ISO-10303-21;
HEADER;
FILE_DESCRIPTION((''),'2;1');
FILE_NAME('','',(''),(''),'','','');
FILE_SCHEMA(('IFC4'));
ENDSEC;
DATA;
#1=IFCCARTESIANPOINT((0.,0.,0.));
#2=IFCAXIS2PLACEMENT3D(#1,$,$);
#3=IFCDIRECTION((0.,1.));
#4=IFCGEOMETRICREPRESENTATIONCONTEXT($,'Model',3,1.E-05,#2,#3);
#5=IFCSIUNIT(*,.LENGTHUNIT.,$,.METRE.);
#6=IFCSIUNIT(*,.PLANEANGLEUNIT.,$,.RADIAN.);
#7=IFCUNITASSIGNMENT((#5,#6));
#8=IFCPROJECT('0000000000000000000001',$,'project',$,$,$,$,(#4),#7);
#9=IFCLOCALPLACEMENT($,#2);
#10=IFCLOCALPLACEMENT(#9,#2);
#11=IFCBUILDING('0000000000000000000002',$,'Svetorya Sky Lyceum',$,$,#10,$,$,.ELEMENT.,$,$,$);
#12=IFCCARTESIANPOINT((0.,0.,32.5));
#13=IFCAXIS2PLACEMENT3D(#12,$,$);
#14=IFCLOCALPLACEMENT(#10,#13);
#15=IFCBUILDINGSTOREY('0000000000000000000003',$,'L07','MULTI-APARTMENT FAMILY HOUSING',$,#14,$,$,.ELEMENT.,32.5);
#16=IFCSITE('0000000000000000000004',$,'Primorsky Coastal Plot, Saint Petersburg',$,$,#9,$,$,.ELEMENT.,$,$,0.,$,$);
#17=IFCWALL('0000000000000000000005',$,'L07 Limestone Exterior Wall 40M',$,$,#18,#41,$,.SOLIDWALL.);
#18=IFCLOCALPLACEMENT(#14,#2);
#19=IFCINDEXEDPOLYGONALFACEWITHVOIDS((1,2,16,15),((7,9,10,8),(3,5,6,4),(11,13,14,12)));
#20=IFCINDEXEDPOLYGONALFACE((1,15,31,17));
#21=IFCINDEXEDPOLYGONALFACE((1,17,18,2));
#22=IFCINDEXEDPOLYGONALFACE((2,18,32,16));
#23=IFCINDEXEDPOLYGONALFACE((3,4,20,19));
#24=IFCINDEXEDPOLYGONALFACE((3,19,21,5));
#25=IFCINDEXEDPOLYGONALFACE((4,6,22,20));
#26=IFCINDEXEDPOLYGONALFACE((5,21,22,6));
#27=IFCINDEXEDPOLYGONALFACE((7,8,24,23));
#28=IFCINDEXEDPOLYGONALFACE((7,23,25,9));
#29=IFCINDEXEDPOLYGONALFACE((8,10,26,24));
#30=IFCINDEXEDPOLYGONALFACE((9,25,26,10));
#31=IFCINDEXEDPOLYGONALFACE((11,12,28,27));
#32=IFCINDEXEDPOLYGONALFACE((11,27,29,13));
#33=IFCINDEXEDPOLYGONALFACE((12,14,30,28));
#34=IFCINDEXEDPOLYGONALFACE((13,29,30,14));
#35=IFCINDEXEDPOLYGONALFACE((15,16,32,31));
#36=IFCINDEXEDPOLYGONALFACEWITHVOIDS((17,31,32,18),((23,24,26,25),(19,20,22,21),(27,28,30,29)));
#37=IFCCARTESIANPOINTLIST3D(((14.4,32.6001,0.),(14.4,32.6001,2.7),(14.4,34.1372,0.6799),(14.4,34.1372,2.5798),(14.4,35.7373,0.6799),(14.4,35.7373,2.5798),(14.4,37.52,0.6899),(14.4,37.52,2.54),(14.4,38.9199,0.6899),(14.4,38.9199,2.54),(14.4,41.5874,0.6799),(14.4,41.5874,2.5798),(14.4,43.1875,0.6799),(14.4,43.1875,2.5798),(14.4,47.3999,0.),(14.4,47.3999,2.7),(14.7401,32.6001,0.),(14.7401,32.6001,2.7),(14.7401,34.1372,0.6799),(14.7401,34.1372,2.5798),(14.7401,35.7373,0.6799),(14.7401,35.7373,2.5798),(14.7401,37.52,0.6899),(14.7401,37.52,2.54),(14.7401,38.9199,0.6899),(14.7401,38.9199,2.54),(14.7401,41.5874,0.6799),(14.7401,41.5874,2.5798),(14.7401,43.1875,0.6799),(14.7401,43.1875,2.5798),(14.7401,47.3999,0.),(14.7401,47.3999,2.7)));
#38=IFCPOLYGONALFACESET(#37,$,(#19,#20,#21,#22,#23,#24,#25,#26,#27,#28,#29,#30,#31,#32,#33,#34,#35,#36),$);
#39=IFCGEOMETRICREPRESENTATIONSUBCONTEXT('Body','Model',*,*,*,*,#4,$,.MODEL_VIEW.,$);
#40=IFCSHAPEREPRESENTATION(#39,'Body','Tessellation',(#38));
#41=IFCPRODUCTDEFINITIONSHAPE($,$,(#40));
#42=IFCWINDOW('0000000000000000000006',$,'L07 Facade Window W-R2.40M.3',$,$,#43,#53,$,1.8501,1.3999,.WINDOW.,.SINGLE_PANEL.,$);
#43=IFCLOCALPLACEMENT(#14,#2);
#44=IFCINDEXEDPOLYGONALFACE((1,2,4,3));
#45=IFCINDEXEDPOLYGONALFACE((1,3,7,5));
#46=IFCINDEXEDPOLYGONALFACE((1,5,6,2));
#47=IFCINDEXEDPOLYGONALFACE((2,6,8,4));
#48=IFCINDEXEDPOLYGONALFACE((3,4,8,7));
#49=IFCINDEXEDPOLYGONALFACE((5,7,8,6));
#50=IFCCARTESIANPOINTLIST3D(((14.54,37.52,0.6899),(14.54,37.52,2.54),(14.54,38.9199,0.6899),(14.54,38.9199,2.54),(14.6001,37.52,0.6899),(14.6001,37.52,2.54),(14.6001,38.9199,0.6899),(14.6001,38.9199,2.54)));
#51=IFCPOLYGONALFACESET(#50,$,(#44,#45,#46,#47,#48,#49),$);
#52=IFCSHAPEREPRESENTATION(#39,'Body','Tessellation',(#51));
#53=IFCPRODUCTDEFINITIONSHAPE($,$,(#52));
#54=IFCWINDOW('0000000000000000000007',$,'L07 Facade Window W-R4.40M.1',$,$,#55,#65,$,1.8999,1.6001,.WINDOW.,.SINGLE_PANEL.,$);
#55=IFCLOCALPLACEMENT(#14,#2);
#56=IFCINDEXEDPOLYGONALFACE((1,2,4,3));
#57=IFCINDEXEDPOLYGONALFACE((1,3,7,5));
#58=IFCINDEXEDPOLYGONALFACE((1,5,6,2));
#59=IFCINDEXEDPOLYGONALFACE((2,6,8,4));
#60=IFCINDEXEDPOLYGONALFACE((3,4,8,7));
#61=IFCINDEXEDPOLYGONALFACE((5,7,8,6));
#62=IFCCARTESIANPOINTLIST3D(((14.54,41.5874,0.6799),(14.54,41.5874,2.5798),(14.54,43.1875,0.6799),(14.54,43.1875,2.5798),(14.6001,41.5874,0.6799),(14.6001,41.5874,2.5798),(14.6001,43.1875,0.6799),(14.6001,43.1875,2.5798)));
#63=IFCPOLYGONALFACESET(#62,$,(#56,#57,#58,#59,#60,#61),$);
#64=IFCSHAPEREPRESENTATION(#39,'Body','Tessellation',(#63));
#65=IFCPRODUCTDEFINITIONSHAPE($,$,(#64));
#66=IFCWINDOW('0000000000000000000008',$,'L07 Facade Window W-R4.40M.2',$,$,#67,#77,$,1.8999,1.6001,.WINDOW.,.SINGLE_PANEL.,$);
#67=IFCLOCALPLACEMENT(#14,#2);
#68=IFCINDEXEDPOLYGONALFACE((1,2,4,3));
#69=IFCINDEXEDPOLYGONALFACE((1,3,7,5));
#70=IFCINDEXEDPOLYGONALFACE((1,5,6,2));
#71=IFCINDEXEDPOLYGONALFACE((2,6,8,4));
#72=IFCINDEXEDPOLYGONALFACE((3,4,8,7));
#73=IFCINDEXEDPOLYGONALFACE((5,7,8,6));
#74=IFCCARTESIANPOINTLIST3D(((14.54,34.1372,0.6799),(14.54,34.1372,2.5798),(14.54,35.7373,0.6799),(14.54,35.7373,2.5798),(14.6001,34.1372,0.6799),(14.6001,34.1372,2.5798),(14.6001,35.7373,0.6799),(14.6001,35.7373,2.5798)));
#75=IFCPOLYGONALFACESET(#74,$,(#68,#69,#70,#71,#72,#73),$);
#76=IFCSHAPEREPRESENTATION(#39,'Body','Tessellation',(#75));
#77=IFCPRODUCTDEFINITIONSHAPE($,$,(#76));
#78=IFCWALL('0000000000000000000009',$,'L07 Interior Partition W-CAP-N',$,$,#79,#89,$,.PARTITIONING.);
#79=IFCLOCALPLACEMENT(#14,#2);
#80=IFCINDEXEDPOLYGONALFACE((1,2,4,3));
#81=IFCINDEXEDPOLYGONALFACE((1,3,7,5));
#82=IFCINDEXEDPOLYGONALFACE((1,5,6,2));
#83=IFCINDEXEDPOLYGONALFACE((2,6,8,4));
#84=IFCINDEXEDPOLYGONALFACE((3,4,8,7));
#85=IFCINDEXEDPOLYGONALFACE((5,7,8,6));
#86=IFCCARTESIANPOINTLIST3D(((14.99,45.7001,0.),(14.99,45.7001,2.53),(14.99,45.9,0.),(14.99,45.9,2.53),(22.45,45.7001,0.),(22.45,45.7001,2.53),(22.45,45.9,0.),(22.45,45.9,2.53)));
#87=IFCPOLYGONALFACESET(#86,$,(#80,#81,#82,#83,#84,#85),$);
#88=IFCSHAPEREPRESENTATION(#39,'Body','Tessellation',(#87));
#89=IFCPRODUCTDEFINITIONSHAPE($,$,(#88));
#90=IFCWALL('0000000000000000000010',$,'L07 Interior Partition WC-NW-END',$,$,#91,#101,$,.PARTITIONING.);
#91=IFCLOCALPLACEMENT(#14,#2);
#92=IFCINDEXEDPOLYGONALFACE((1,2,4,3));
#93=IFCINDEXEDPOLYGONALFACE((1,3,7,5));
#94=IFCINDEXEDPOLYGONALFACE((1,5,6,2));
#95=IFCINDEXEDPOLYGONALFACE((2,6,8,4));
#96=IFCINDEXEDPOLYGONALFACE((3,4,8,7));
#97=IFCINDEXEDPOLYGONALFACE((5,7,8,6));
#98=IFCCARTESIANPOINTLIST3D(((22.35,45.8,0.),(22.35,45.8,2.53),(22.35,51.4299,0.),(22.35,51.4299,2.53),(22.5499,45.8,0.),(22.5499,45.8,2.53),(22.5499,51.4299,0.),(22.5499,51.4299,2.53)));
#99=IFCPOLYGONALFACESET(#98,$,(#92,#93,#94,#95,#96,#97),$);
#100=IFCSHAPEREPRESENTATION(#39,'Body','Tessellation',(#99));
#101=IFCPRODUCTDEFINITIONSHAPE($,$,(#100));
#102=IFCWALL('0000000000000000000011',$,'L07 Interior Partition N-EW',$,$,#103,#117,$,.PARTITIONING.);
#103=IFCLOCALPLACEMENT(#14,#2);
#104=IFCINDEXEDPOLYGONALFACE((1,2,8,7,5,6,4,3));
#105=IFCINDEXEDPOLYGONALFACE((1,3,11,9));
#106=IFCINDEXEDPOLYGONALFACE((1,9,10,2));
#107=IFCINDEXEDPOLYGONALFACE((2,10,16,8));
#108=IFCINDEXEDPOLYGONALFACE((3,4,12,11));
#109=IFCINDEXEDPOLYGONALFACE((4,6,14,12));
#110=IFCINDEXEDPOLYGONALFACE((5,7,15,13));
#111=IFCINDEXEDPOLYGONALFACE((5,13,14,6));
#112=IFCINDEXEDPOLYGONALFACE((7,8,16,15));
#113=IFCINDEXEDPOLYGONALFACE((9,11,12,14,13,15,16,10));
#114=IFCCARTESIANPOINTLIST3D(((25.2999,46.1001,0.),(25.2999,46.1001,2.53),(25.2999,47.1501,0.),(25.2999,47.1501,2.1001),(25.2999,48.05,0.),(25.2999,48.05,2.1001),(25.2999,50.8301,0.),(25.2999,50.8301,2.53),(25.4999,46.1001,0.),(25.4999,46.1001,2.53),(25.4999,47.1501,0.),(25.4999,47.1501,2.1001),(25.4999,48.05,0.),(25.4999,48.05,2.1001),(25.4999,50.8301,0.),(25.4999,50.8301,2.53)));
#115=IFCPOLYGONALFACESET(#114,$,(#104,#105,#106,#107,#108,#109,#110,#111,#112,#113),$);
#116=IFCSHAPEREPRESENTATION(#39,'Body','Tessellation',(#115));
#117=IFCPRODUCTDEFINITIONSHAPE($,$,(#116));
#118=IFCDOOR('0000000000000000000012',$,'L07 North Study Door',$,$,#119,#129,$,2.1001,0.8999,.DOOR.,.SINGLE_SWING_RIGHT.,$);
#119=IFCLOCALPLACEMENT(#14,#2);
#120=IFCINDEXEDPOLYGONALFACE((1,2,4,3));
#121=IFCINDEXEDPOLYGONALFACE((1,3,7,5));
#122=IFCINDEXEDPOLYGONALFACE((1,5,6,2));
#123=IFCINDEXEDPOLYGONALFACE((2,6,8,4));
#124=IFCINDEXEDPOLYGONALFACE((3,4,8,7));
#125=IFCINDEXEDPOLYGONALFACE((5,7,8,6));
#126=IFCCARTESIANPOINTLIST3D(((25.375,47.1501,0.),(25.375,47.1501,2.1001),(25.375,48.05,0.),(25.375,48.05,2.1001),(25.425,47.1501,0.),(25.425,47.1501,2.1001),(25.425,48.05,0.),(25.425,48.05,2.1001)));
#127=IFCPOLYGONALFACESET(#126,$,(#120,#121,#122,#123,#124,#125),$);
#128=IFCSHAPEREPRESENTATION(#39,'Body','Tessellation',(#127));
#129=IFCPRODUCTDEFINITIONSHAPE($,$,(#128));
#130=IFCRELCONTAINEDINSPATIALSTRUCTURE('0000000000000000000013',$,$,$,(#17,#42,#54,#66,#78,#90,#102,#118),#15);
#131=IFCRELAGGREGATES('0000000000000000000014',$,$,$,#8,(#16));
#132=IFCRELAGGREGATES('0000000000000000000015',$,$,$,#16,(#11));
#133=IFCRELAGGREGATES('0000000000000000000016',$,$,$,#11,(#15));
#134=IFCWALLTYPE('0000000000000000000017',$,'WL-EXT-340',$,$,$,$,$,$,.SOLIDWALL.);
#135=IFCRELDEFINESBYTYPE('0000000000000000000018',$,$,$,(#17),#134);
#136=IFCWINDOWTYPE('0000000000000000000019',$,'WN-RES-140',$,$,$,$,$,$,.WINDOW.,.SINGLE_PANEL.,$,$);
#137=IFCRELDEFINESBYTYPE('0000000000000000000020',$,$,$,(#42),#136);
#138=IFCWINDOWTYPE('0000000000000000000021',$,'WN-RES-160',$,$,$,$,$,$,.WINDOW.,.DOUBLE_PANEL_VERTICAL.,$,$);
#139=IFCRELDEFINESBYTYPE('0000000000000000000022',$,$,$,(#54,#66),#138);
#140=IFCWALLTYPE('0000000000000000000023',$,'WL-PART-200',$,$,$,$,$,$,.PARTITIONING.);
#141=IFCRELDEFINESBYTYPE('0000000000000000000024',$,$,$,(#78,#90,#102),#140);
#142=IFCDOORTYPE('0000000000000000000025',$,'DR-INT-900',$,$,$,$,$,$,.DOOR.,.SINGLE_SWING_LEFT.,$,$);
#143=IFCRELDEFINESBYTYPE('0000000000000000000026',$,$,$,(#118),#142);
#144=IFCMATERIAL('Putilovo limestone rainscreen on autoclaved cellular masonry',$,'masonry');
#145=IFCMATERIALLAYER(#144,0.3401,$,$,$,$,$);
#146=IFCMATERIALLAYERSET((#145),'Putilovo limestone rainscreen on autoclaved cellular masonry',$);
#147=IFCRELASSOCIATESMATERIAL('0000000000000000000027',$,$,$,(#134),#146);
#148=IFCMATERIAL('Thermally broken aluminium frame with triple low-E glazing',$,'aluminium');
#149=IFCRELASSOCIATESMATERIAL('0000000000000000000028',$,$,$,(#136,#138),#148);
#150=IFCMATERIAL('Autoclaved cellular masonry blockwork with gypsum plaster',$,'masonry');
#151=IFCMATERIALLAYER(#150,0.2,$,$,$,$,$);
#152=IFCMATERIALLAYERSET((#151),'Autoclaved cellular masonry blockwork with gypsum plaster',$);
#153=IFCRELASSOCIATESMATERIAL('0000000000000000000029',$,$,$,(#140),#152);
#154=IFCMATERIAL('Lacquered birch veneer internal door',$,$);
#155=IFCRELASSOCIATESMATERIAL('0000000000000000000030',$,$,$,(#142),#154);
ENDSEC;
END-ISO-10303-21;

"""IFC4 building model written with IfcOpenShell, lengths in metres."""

from ifc_helpers import new_model, si_unit, direction, frame, frame_2d, origin, place, context, subcontext, project, spatial, rectangle, extrude, material, layer, layer_set, type_object, element, fill, save


model = new_model("IFC4")

# Units and contexts
model_context = context("Model", 3, precision=1e-05, world=origin(), true_north=direction((0.0, 1.0)))
body_context = subcontext(model_context, "Body", "Model", "MODEL_VIEW")
ifc_project = project(units=[si_unit("LENGTHUNIT", "METRE"), si_unit("PLANEANGLEUNIT", "RADIAN")], contexts=[model_context])

# Site, building, storey
site_placement = place(None, origin())
site = spatial("IfcSite", under=ifc_project, at=site_placement, Name="Primorsky Coastal Plot, Saint Petersburg", CompositionType="ELEMENT", RefElevation=0.0)
building_placement = place(site_placement, origin())
building = spatial("IfcBuilding", under=site, at=building_placement, Name="Svetorya Sky Lyceum", CompositionType="ELEMENT")
storey_placement = place(building_placement, frame((0.0, 0.0, 32.5)))
storey = spatial("IfcBuildingStorey", under=building, at=storey_placement, Name="L07", Description="MULTI-APARTMENT FAMILY HOUSING", CompositionType="ELEMENT", Elevation=32.5)

# Shared definitions
ifc_material_1 = material(Name="Putilovo limestone rainscreen on autoclaved cellular masonry", Category="masonry")
ifc_layer_1 = layer(ifc_material_1, 0.3401)
ifc_layer_set_1 = layer_set([ifc_layer_1], Name="Putilovo limestone rainscreen on autoclaved cellular masonry")
wall_type_1 = type_object("IfcWallType", Name="WL-EXT-340", PredefinedType="SOLIDWALL", material=ifc_layer_set_1)

# Wall, openings, windows
wall_1_placement = place(storey_placement, frame((14.5701, 47.3999, 0.0), z_axis=(0.0, 0.0, 1.0), x_axis=(0.0, -1.0, 0.0)))
wall_1 = element("IfcWall", 1, at=wall_1_placement, inside=storey, type_object=wall_type_1, Name="L07 Limestone Exterior Wall 40M", PredefinedType="SOLIDWALL", context=body_context, shape_type="SweptSolid", body=[
    extrude(rectangle(XDim=14.7998, YDim=0.3401, at=frame_2d((7.3999, 0.0))), origin(), (0.0, 0.0, 1.0), 2.7),
])
opening_1_placement = place(wall_1_placement, frame((4.2124, 0.0, 0.6799)))
opening_1 = element("IfcOpeningElement", 2, at=opening_1_placement, cuts=wall_1, PredefinedType="OPENING", context=body_context, shape_type="SweptSolid", body=[
    extrude(rectangle(XDim=1.6001, YDim=1.8999, at=frame_2d((0.8, 0.95))), frame((0.0, 0.1799, 0.0), z_axis=(0.0, -1.0, 0.0), x_axis=(1.0, 0.0, 0.0)), (0.0, 0.0, 1.0), 0.3601),
])
opening_2_placement = place(wall_1_placement, frame((8.48, 0.0, 0.6899)))
opening_2 = element("IfcOpeningElement", 3, at=opening_2_placement, cuts=wall_1, PredefinedType="OPENING", context=body_context, shape_type="SweptSolid", body=[
    extrude(rectangle(XDim=1.3999, YDim=1.8501, at=frame_2d((0.7, 0.925))), frame((0.0, 0.1799, 0.0), z_axis=(0.0, -1.0, 0.0), x_axis=(1.0, 0.0, 0.0)), (0.0, 0.0, 1.0), 0.3601),
])
opening_3_placement = place(wall_1_placement, frame((11.6626, 0.0, 0.6799)))
opening_3 = element("IfcOpeningElement", 4, at=opening_3_placement, cuts=wall_1, PredefinedType="OPENING", context=body_context, shape_type="SweptSolid", body=[
    extrude(rectangle(XDim=1.6001, YDim=1.8999, at=frame_2d((0.8, 0.95))), frame((0.0, 0.1799, 0.0), z_axis=(0.0, -1.0, 0.0), x_axis=(1.0, 0.0, 0.0)), (0.0, 0.0, 1.0), 0.3601),
])
ifc_material_2 = material(Name="Thermally broken aluminium frame with triple low-E glazing", Category="aluminium")
window_type_1 = type_object("IfcWindowType", Name="WN-RES-140", PartitioningType="SINGLE_PANEL", PredefinedType="WINDOW", material=ifc_material_2)
window_1_placement = place(opening_2_placement, origin())
window_1 = element("IfcWindow", 5, at=window_1_placement, inside=storey, type_object=window_type_1, Name="L07 Facade Window W-R2.40M.3", OverallHeight=1.8501, OverallWidth=1.3999, PartitioningType="SINGLE_PANEL", PredefinedType="WINDOW", context=body_context, shape_type="SweptSolid", body=[
    extrude(rectangle(XDim=1.3999, YDim=1.8501, at=frame_2d((0.7, 0.925))), frame((0.0, 0.03, 0.0), z_axis=(0.0, -1.0, 0.0), x_axis=(1.0, 0.0, 0.0)), (0.0, 0.0, 1.0), 0.0601),
])
fill(opening_2, window_1)
window_type_2 = type_object("IfcWindowType", Name="WN-RES-160", PartitioningType="DOUBLE_PANEL_VERTICAL", PredefinedType="WINDOW", material=ifc_material_2)
window_2_placement = place(opening_1_placement, origin())
window_2 = element("IfcWindow", 6, at=window_2_placement, inside=storey, type_object=window_type_2, Name="L07 Facade Window W-R4.40M.1", OverallHeight=1.8999, OverallWidth=1.6001, PartitioningType="SINGLE_PANEL", PredefinedType="WINDOW", context=body_context, shape_type="SweptSolid", body=[
    extrude(rectangle(XDim=1.6001, YDim=1.8999, at=frame_2d((0.8, 0.95))), frame((0.0, 0.03, 0.0), z_axis=(0.0, -1.0, 0.0), x_axis=(1.0, 0.0, 0.0)), (0.0, 0.0, 1.0), 0.0601),
])
fill(opening_1, window_2)
window_3_placement = place(opening_3_placement, origin())
window_3 = element("IfcWindow", 7, at=window_3_placement, inside=storey, type_object=window_type_2, Name="L07 Facade Window W-R4.40M.2", OverallHeight=1.8999, OverallWidth=1.6001, PartitioningType="SINGLE_PANEL", PredefinedType="WINDOW", context=body_context, shape_type="SweptSolid", body=[
    extrude(rectangle(XDim=1.6001, YDim=1.8999, at=frame_2d((0.8, 0.95))), frame((0.0, 0.03, 0.0), z_axis=(0.0, -1.0, 0.0), x_axis=(1.0, 0.0, 0.0)), (0.0, 0.0, 1.0), 0.0601),
])
fill(opening_3, window_3)

# Walls
ifc_material_3 = material(Name="Autoclaved cellular masonry blockwork with gypsum plaster", Category="masonry")
ifc_layer_2 = layer(ifc_material_3, 0.2)
ifc_layer_set_2 = layer_set([ifc_layer_2], Name="Autoclaved cellular masonry blockwork with gypsum plaster")
wall_type_2 = type_object("IfcWallType", Name="WL-PART-200", PredefinedType="PARTITIONING", material=ifc_layer_set_2)
wall_2_placement = place(storey_placement, frame((14.99, 45.8, 0.0), z_axis=(0.0, 0.0, 1.0), x_axis=(1.0, 0.0, 0.0)))
element("IfcWall", 8, at=wall_2_placement, inside=storey, type_object=wall_type_2, Name="L07 Interior Partition W-CAP-N", PredefinedType="PARTITIONING", context=body_context, shape_type="SweptSolid", body=[
    extrude(rectangle(XDim=7.46, YDim=0.2, at=frame_2d((3.73, 0.0))), origin(), (0.0, 0.0, 1.0), 2.53),
])
wall_3_placement = place(storey_placement, frame((22.45, 45.8, 0.0), z_axis=(0.0, 0.0, 1.0), x_axis=(0.0, 1.0, 0.0)))
element("IfcWall", 9, at=wall_3_placement, inside=storey, type_object=wall_type_2, Name="L07 Interior Partition WC-NW-END", PredefinedType="PARTITIONING", context=body_context, shape_type="SweptSolid", body=[
    extrude(rectangle(XDim=5.6299, YDim=0.2, at=frame_2d((2.8149, 0.0))), origin(), (0.0, 0.0, 1.0), 2.53),
])

# Wall, opening, door
wall_4_placement = place(storey_placement, frame((25.3999, 46.1001, 0.0), z_axis=(0.0, 0.0, 1.0), x_axis=(0.0, 1.0, 0.0)))
wall_4 = element("IfcWall", 10, at=wall_4_placement, inside=storey, type_object=wall_type_2, Name="L07 Interior Partition N-EW", PredefinedType="PARTITIONING", context=body_context, shape_type="SweptSolid", body=[
    extrude(rectangle(XDim=4.73, YDim=0.2, at=frame_2d((2.365, 0.0))), origin(), (0.0, 0.0, 1.0), 2.53),
])
opening_4_placement = place(wall_4_placement, frame((1.05, 0.0, 0.0)))
opening_4 = element("IfcOpeningElement", 11, at=opening_4_placement, cuts=wall_4, PredefinedType="OPENING", context=body_context, shape_type="SweptSolid", body=[
    extrude(rectangle(XDim=0.8999, YDim=2.1001, at=frame_2d((0.45, 1.05))), frame((0.0, 0.1099, 0.0), z_axis=(0.0, -1.0, 0.0), x_axis=(1.0, 0.0, 0.0)), (0.0, 0.0, 1.0), 0.22),
])
ifc_material_4 = material(Name="Lacquered birch veneer internal door")
door_type = type_object("IfcDoorType", Name="DR-INT-900", OperationType="SINGLE_SWING_LEFT", PredefinedType="DOOR", material=ifc_material_4)
door_placement = place(opening_4_placement, origin())
door = element("IfcDoor", 12, at=door_placement, inside=storey, type_object=door_type, Name="L07 North Study Door", OperationType="SINGLE_SWING_RIGHT", OverallHeight=2.1001, OverallWidth=0.8999, PredefinedType="DOOR", context=body_context, shape_type="SweptSolid", body=[
    extrude(rectangle(XDim=0.8999, YDim=2.1001, at=frame_2d((0.45, 1.05))), frame((0.0, 0.0249, 0.0), z_axis=(0.0, -1.0, 0.0), x_axis=(1.0, 0.0, 0.0)), (0.0, 0.0, 1.0), 0.05),
])
fill(opening_4, door)

save(model, "model.ifc")
